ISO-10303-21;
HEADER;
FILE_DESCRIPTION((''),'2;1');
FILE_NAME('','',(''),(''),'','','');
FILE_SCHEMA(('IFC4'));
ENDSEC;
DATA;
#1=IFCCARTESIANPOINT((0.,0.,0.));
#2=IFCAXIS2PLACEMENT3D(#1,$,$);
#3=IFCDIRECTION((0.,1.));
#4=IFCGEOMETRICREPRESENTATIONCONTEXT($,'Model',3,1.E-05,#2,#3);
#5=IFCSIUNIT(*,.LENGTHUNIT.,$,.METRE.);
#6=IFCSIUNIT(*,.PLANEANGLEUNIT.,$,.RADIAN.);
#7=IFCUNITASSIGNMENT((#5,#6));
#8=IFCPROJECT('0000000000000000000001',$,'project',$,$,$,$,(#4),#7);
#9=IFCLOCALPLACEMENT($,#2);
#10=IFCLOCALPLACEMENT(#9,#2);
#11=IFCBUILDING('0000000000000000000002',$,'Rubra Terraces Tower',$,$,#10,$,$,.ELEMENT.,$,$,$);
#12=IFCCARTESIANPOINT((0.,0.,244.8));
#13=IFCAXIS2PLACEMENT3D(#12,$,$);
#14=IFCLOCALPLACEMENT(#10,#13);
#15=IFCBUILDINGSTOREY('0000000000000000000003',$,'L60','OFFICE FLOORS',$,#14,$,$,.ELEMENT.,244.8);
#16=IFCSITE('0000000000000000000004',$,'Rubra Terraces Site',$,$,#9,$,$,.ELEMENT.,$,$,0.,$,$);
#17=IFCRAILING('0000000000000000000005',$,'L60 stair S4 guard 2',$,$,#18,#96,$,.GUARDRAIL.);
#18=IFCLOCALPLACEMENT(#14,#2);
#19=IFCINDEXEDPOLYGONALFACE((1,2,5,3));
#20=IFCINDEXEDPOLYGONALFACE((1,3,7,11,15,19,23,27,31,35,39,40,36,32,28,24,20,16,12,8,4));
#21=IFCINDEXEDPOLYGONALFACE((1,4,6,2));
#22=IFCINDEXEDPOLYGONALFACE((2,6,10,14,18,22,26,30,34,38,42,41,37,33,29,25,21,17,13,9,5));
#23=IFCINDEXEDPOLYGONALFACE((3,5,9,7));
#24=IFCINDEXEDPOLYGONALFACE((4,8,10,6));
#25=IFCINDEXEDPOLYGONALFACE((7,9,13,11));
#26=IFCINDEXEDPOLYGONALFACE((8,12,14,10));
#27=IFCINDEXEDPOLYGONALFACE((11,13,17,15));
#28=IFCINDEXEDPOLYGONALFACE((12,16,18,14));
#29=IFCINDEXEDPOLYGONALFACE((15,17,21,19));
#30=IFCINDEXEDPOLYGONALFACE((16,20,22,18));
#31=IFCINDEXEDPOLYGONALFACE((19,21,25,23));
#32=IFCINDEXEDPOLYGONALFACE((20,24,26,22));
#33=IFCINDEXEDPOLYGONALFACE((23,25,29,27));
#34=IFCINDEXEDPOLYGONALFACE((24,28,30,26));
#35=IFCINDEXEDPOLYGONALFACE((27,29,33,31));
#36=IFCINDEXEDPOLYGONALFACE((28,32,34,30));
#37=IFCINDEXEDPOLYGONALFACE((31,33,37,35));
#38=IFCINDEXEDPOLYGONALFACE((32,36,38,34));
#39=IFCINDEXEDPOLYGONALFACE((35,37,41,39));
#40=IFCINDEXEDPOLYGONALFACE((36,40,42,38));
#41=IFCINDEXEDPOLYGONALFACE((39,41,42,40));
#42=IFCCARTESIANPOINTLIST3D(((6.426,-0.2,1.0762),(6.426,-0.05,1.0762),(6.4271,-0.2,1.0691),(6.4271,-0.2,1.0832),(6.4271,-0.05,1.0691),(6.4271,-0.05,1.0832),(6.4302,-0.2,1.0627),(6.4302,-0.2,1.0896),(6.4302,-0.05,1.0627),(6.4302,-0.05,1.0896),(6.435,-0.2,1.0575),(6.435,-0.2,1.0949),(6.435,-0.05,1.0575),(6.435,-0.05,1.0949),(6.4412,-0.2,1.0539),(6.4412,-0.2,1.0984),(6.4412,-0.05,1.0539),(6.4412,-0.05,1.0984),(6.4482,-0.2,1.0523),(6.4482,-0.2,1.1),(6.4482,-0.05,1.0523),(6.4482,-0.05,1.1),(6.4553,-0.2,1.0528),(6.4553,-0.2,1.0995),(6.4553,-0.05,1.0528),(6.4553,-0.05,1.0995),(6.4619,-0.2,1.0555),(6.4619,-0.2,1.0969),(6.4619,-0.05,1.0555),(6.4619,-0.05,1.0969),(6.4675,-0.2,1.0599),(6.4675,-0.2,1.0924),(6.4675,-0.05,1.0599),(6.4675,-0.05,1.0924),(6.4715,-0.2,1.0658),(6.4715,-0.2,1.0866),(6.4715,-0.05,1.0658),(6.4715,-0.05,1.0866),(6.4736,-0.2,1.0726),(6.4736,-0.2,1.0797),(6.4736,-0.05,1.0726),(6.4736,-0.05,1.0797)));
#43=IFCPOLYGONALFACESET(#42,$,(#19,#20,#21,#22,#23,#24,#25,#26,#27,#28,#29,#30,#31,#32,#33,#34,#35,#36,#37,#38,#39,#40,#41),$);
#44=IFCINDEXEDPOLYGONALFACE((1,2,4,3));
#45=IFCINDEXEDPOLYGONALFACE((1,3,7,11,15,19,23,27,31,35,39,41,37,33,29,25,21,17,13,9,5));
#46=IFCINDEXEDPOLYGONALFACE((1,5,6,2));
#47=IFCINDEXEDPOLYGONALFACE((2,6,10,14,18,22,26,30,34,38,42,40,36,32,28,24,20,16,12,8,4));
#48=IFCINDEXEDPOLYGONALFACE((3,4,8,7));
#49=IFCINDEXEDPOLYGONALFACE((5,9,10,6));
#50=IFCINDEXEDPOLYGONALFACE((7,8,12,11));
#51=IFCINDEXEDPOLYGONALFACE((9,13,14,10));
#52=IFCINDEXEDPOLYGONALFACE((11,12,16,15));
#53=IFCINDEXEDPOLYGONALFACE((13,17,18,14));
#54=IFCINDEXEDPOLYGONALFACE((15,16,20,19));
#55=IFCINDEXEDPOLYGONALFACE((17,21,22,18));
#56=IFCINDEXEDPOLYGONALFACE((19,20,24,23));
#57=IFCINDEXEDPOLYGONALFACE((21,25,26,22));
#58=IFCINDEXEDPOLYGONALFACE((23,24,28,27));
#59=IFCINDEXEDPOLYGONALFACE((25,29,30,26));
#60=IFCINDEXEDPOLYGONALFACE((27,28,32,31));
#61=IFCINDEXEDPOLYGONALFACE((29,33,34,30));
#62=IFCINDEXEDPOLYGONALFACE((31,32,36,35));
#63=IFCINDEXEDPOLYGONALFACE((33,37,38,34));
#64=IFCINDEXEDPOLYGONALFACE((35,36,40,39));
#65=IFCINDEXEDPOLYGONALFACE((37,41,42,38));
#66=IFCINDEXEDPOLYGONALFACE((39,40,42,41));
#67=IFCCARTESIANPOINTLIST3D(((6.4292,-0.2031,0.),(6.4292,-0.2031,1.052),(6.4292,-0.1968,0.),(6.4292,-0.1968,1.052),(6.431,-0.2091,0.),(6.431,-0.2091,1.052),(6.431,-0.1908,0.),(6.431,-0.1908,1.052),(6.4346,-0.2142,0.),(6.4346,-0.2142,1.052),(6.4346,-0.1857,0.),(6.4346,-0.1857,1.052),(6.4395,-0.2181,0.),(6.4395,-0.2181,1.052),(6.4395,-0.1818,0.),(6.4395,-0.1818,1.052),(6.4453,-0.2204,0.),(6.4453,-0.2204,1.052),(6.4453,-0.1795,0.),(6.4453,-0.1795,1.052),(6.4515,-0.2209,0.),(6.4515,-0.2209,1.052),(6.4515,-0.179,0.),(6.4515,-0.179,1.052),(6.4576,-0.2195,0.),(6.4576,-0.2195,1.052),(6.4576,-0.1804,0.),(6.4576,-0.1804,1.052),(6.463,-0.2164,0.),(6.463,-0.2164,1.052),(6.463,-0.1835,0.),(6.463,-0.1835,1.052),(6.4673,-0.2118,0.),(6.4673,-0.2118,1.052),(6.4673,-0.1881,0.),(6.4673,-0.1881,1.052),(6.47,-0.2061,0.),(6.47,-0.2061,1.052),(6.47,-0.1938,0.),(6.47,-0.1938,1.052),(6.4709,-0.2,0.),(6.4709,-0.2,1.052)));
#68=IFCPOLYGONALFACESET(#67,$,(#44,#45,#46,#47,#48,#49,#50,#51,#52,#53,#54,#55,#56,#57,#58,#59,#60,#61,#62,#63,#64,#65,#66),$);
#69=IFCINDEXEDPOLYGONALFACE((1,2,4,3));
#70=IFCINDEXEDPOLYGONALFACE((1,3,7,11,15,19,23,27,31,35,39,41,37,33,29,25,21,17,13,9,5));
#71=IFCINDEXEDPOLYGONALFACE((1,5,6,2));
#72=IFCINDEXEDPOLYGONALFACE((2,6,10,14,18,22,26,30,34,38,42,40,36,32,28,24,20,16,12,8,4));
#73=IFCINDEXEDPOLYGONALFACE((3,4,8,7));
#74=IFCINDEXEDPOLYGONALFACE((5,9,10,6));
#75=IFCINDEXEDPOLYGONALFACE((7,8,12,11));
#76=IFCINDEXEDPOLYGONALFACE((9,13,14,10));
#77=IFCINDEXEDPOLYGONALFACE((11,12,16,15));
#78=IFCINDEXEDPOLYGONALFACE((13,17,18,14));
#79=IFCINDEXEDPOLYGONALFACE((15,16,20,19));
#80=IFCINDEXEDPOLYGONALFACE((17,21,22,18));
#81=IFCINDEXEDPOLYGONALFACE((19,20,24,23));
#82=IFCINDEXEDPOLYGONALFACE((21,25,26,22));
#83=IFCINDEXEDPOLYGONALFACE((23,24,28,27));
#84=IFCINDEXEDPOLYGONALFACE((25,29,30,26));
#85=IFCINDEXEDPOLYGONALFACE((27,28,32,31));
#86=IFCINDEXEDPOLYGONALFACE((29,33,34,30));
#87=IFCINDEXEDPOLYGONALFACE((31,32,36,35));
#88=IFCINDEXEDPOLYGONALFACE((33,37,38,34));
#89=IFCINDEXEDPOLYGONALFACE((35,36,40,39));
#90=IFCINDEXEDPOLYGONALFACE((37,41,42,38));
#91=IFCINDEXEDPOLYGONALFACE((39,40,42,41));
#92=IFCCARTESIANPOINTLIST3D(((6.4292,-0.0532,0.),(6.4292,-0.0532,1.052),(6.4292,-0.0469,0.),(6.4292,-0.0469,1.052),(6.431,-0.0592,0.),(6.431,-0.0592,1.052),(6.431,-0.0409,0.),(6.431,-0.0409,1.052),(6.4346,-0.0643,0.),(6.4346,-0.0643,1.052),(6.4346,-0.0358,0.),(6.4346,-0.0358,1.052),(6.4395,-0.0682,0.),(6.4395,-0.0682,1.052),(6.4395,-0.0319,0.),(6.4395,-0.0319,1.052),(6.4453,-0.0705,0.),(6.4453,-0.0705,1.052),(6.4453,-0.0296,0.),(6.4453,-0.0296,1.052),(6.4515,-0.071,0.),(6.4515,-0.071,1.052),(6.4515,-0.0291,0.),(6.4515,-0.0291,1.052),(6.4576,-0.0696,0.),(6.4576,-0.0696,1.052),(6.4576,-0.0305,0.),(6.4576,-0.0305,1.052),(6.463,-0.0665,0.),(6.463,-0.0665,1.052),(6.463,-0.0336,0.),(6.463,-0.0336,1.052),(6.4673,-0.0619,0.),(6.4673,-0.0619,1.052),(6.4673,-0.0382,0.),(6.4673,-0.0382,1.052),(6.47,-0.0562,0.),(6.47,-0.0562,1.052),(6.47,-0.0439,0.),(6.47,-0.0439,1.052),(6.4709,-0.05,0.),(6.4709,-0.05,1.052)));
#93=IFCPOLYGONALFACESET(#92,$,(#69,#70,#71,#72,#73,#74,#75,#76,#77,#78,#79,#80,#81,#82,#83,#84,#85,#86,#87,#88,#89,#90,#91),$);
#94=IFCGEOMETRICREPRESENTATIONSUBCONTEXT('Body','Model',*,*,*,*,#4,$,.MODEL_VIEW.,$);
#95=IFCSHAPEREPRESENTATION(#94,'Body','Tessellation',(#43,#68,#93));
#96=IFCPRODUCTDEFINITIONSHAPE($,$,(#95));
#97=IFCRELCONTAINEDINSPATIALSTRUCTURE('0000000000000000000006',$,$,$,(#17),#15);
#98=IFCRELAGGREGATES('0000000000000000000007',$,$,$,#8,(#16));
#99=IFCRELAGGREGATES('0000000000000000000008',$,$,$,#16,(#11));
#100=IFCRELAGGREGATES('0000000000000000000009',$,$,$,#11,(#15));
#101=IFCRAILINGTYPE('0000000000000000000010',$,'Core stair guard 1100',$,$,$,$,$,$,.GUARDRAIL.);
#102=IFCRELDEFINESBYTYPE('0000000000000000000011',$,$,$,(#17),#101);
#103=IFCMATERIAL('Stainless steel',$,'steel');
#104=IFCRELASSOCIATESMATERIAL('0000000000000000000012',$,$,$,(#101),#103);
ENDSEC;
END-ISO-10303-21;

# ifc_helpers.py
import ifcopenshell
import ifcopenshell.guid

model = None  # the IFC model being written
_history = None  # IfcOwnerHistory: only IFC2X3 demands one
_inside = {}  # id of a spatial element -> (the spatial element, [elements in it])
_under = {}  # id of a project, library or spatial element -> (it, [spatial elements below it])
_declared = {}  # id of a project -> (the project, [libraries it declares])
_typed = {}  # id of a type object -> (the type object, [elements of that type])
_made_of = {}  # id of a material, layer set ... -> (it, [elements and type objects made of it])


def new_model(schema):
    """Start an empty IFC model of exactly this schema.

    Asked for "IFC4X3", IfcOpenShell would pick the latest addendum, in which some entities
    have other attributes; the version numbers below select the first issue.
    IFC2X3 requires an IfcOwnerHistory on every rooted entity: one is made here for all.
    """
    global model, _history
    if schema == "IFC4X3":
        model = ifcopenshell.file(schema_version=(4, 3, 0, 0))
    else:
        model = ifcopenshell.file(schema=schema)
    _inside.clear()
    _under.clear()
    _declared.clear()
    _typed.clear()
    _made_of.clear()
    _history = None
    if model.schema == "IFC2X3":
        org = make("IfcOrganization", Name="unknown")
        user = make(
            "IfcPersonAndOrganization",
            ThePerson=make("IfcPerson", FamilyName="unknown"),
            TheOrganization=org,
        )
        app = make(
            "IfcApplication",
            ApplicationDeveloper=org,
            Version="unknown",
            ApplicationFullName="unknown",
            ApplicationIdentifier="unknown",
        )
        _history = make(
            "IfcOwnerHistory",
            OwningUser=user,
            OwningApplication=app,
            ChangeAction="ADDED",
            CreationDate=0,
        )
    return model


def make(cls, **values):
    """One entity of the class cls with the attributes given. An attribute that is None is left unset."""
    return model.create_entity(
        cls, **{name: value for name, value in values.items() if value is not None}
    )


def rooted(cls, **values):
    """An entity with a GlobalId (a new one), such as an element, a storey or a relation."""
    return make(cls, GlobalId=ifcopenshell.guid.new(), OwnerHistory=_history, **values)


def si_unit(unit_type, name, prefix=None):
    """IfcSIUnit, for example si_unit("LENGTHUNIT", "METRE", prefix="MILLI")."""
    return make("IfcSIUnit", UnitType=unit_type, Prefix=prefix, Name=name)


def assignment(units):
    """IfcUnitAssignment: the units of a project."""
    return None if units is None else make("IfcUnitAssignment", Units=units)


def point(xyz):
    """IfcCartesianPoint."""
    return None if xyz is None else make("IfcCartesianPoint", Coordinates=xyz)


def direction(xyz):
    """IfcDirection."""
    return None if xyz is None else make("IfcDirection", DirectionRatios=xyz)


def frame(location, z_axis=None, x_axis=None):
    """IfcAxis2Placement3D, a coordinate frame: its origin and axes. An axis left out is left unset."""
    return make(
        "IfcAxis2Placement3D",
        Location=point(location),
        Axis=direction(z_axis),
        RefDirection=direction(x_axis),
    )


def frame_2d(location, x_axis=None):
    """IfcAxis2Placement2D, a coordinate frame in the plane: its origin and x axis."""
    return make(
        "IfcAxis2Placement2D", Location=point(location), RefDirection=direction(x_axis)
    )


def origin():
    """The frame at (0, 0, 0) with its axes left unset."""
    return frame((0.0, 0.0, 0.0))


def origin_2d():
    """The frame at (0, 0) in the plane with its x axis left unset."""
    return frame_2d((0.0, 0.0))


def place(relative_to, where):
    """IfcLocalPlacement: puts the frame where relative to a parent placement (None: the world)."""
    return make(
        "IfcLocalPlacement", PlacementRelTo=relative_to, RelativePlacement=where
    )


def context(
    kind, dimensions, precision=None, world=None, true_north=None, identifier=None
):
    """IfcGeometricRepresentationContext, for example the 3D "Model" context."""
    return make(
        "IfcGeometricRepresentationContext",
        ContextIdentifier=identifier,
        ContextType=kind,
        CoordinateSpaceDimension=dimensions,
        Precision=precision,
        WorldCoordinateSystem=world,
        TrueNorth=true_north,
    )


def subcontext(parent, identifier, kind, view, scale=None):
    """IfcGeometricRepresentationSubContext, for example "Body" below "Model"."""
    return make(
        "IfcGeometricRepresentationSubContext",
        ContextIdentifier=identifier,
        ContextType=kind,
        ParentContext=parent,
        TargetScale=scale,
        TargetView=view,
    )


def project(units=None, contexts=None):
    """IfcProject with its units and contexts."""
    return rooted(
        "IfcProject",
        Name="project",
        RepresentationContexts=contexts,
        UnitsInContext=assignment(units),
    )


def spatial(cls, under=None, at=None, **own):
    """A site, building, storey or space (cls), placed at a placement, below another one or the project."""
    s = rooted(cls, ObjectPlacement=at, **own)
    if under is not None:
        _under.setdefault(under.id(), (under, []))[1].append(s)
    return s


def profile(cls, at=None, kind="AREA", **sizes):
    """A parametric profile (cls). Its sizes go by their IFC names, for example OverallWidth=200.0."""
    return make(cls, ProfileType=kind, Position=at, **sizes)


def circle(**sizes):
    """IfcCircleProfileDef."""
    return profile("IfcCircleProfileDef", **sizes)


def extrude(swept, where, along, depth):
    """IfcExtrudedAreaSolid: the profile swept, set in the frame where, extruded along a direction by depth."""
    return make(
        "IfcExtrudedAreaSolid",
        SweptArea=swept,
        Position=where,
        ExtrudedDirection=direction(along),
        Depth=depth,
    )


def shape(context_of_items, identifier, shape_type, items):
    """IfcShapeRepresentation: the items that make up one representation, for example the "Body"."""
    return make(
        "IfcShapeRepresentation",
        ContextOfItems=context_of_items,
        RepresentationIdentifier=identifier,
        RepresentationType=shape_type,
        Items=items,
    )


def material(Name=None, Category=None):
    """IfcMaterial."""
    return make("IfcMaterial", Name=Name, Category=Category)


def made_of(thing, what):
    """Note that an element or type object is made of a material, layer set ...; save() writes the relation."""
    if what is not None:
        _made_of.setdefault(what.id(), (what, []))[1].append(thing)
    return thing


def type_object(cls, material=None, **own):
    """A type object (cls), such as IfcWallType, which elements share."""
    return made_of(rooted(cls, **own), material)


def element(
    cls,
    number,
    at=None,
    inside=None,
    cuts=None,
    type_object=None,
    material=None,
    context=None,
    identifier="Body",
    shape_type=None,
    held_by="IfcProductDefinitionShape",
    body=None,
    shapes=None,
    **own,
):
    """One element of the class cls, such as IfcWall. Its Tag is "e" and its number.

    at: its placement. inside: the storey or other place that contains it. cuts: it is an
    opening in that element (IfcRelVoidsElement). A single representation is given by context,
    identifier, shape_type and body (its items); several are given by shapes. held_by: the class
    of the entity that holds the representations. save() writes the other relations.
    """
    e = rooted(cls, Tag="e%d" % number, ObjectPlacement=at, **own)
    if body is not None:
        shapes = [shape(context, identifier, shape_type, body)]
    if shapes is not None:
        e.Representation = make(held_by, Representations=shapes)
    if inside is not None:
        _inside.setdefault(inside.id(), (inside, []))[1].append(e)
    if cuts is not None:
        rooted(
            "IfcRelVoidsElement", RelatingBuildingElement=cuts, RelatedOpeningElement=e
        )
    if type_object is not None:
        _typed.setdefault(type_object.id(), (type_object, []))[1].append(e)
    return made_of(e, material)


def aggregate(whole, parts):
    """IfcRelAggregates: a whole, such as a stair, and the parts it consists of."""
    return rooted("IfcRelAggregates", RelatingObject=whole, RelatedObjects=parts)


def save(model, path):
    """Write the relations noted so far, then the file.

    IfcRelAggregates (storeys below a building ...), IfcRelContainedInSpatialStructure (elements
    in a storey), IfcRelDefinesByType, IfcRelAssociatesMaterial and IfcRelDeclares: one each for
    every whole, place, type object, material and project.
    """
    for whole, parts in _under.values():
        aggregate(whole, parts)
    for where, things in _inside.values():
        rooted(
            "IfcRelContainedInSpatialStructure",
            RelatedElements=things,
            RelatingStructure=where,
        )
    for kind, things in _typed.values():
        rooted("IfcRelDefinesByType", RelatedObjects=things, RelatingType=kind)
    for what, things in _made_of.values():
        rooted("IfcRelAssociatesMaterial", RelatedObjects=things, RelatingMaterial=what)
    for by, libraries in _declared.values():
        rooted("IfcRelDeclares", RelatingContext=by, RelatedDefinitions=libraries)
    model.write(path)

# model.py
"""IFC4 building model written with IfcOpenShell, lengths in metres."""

from ifc_helpers import new_model, si_unit, direction, frame, origin, origin_2d, place, context, subcontext, project, spatial, circle, extrude, material, type_object, element, save


model = new_model("IFC4")

# Units and contexts
model_context = context("Model", 3, precision=1e-05, world=origin(), true_north=direction((0.0, 1.0)))
body_context = subcontext(model_context, "Body", "Model", "MODEL_VIEW")
ifc_project = project(units=[si_unit("LENGTHUNIT", "METRE"), si_unit("PLANEANGLEUNIT", "RADIAN")], contexts=[model_context])

# Site, building, storey
site_placement = place(None, origin())
site = spatial("IfcSite", under=ifc_project, at=site_placement, Name="Rubra Terraces Site", CompositionType="ELEMENT", RefElevation=0.0)
building_placement = place(site_placement, origin())
building = spatial("IfcBuilding", under=site, at=building_placement, Name="Rubra Terraces Tower", CompositionType="ELEMENT")
storey_placement = place(building_placement, frame((0.0, 0.0, 244.8)))
storey = spatial("IfcBuildingStorey", under=building, at=storey_placement, Name="L60", Description="OFFICE FLOORS", CompositionType="ELEMENT", Elevation=244.8)

# Railing
ifc_material_1 = material(Name="Stainless steel", Category="steel")
railing_type_1 = type_object("IfcRailingType", Name="Core stair guard 1100", PredefinedType="GUARDRAIL", material=ifc_material_1)
railing_1_placement = place(storey_placement, frame((6.45, -0.2, 0.0)))
element("IfcRailing", 1, at=railing_1_placement, inside=storey, type_object=railing_type_1, Name="L60 stair S4 guard 2", PredefinedType="GUARDRAIL", context=body_context, shape_type="SweptSolid", body=[
    extrude(circle(Radius=0.0239, at=origin_2d()), frame((0.0, 0.0, 1.0762), z_axis=(0.0, 1.0, 0.0), x_axis=(-1.0, 0.0, 0.0)), (0.0, 0.0, 1.0), 0.1499),
    extrude(circle(Radius=0.021, at=origin_2d()), origin(), (0.0, 0.0, 1.0), 1.052),
    extrude(circle(Radius=0.021, at=origin_2d()), frame((0.0, 0.1499, 0.0)), (0.0, 0.0, 1.0), 1.052),
])

save(model, "model.ifc")
